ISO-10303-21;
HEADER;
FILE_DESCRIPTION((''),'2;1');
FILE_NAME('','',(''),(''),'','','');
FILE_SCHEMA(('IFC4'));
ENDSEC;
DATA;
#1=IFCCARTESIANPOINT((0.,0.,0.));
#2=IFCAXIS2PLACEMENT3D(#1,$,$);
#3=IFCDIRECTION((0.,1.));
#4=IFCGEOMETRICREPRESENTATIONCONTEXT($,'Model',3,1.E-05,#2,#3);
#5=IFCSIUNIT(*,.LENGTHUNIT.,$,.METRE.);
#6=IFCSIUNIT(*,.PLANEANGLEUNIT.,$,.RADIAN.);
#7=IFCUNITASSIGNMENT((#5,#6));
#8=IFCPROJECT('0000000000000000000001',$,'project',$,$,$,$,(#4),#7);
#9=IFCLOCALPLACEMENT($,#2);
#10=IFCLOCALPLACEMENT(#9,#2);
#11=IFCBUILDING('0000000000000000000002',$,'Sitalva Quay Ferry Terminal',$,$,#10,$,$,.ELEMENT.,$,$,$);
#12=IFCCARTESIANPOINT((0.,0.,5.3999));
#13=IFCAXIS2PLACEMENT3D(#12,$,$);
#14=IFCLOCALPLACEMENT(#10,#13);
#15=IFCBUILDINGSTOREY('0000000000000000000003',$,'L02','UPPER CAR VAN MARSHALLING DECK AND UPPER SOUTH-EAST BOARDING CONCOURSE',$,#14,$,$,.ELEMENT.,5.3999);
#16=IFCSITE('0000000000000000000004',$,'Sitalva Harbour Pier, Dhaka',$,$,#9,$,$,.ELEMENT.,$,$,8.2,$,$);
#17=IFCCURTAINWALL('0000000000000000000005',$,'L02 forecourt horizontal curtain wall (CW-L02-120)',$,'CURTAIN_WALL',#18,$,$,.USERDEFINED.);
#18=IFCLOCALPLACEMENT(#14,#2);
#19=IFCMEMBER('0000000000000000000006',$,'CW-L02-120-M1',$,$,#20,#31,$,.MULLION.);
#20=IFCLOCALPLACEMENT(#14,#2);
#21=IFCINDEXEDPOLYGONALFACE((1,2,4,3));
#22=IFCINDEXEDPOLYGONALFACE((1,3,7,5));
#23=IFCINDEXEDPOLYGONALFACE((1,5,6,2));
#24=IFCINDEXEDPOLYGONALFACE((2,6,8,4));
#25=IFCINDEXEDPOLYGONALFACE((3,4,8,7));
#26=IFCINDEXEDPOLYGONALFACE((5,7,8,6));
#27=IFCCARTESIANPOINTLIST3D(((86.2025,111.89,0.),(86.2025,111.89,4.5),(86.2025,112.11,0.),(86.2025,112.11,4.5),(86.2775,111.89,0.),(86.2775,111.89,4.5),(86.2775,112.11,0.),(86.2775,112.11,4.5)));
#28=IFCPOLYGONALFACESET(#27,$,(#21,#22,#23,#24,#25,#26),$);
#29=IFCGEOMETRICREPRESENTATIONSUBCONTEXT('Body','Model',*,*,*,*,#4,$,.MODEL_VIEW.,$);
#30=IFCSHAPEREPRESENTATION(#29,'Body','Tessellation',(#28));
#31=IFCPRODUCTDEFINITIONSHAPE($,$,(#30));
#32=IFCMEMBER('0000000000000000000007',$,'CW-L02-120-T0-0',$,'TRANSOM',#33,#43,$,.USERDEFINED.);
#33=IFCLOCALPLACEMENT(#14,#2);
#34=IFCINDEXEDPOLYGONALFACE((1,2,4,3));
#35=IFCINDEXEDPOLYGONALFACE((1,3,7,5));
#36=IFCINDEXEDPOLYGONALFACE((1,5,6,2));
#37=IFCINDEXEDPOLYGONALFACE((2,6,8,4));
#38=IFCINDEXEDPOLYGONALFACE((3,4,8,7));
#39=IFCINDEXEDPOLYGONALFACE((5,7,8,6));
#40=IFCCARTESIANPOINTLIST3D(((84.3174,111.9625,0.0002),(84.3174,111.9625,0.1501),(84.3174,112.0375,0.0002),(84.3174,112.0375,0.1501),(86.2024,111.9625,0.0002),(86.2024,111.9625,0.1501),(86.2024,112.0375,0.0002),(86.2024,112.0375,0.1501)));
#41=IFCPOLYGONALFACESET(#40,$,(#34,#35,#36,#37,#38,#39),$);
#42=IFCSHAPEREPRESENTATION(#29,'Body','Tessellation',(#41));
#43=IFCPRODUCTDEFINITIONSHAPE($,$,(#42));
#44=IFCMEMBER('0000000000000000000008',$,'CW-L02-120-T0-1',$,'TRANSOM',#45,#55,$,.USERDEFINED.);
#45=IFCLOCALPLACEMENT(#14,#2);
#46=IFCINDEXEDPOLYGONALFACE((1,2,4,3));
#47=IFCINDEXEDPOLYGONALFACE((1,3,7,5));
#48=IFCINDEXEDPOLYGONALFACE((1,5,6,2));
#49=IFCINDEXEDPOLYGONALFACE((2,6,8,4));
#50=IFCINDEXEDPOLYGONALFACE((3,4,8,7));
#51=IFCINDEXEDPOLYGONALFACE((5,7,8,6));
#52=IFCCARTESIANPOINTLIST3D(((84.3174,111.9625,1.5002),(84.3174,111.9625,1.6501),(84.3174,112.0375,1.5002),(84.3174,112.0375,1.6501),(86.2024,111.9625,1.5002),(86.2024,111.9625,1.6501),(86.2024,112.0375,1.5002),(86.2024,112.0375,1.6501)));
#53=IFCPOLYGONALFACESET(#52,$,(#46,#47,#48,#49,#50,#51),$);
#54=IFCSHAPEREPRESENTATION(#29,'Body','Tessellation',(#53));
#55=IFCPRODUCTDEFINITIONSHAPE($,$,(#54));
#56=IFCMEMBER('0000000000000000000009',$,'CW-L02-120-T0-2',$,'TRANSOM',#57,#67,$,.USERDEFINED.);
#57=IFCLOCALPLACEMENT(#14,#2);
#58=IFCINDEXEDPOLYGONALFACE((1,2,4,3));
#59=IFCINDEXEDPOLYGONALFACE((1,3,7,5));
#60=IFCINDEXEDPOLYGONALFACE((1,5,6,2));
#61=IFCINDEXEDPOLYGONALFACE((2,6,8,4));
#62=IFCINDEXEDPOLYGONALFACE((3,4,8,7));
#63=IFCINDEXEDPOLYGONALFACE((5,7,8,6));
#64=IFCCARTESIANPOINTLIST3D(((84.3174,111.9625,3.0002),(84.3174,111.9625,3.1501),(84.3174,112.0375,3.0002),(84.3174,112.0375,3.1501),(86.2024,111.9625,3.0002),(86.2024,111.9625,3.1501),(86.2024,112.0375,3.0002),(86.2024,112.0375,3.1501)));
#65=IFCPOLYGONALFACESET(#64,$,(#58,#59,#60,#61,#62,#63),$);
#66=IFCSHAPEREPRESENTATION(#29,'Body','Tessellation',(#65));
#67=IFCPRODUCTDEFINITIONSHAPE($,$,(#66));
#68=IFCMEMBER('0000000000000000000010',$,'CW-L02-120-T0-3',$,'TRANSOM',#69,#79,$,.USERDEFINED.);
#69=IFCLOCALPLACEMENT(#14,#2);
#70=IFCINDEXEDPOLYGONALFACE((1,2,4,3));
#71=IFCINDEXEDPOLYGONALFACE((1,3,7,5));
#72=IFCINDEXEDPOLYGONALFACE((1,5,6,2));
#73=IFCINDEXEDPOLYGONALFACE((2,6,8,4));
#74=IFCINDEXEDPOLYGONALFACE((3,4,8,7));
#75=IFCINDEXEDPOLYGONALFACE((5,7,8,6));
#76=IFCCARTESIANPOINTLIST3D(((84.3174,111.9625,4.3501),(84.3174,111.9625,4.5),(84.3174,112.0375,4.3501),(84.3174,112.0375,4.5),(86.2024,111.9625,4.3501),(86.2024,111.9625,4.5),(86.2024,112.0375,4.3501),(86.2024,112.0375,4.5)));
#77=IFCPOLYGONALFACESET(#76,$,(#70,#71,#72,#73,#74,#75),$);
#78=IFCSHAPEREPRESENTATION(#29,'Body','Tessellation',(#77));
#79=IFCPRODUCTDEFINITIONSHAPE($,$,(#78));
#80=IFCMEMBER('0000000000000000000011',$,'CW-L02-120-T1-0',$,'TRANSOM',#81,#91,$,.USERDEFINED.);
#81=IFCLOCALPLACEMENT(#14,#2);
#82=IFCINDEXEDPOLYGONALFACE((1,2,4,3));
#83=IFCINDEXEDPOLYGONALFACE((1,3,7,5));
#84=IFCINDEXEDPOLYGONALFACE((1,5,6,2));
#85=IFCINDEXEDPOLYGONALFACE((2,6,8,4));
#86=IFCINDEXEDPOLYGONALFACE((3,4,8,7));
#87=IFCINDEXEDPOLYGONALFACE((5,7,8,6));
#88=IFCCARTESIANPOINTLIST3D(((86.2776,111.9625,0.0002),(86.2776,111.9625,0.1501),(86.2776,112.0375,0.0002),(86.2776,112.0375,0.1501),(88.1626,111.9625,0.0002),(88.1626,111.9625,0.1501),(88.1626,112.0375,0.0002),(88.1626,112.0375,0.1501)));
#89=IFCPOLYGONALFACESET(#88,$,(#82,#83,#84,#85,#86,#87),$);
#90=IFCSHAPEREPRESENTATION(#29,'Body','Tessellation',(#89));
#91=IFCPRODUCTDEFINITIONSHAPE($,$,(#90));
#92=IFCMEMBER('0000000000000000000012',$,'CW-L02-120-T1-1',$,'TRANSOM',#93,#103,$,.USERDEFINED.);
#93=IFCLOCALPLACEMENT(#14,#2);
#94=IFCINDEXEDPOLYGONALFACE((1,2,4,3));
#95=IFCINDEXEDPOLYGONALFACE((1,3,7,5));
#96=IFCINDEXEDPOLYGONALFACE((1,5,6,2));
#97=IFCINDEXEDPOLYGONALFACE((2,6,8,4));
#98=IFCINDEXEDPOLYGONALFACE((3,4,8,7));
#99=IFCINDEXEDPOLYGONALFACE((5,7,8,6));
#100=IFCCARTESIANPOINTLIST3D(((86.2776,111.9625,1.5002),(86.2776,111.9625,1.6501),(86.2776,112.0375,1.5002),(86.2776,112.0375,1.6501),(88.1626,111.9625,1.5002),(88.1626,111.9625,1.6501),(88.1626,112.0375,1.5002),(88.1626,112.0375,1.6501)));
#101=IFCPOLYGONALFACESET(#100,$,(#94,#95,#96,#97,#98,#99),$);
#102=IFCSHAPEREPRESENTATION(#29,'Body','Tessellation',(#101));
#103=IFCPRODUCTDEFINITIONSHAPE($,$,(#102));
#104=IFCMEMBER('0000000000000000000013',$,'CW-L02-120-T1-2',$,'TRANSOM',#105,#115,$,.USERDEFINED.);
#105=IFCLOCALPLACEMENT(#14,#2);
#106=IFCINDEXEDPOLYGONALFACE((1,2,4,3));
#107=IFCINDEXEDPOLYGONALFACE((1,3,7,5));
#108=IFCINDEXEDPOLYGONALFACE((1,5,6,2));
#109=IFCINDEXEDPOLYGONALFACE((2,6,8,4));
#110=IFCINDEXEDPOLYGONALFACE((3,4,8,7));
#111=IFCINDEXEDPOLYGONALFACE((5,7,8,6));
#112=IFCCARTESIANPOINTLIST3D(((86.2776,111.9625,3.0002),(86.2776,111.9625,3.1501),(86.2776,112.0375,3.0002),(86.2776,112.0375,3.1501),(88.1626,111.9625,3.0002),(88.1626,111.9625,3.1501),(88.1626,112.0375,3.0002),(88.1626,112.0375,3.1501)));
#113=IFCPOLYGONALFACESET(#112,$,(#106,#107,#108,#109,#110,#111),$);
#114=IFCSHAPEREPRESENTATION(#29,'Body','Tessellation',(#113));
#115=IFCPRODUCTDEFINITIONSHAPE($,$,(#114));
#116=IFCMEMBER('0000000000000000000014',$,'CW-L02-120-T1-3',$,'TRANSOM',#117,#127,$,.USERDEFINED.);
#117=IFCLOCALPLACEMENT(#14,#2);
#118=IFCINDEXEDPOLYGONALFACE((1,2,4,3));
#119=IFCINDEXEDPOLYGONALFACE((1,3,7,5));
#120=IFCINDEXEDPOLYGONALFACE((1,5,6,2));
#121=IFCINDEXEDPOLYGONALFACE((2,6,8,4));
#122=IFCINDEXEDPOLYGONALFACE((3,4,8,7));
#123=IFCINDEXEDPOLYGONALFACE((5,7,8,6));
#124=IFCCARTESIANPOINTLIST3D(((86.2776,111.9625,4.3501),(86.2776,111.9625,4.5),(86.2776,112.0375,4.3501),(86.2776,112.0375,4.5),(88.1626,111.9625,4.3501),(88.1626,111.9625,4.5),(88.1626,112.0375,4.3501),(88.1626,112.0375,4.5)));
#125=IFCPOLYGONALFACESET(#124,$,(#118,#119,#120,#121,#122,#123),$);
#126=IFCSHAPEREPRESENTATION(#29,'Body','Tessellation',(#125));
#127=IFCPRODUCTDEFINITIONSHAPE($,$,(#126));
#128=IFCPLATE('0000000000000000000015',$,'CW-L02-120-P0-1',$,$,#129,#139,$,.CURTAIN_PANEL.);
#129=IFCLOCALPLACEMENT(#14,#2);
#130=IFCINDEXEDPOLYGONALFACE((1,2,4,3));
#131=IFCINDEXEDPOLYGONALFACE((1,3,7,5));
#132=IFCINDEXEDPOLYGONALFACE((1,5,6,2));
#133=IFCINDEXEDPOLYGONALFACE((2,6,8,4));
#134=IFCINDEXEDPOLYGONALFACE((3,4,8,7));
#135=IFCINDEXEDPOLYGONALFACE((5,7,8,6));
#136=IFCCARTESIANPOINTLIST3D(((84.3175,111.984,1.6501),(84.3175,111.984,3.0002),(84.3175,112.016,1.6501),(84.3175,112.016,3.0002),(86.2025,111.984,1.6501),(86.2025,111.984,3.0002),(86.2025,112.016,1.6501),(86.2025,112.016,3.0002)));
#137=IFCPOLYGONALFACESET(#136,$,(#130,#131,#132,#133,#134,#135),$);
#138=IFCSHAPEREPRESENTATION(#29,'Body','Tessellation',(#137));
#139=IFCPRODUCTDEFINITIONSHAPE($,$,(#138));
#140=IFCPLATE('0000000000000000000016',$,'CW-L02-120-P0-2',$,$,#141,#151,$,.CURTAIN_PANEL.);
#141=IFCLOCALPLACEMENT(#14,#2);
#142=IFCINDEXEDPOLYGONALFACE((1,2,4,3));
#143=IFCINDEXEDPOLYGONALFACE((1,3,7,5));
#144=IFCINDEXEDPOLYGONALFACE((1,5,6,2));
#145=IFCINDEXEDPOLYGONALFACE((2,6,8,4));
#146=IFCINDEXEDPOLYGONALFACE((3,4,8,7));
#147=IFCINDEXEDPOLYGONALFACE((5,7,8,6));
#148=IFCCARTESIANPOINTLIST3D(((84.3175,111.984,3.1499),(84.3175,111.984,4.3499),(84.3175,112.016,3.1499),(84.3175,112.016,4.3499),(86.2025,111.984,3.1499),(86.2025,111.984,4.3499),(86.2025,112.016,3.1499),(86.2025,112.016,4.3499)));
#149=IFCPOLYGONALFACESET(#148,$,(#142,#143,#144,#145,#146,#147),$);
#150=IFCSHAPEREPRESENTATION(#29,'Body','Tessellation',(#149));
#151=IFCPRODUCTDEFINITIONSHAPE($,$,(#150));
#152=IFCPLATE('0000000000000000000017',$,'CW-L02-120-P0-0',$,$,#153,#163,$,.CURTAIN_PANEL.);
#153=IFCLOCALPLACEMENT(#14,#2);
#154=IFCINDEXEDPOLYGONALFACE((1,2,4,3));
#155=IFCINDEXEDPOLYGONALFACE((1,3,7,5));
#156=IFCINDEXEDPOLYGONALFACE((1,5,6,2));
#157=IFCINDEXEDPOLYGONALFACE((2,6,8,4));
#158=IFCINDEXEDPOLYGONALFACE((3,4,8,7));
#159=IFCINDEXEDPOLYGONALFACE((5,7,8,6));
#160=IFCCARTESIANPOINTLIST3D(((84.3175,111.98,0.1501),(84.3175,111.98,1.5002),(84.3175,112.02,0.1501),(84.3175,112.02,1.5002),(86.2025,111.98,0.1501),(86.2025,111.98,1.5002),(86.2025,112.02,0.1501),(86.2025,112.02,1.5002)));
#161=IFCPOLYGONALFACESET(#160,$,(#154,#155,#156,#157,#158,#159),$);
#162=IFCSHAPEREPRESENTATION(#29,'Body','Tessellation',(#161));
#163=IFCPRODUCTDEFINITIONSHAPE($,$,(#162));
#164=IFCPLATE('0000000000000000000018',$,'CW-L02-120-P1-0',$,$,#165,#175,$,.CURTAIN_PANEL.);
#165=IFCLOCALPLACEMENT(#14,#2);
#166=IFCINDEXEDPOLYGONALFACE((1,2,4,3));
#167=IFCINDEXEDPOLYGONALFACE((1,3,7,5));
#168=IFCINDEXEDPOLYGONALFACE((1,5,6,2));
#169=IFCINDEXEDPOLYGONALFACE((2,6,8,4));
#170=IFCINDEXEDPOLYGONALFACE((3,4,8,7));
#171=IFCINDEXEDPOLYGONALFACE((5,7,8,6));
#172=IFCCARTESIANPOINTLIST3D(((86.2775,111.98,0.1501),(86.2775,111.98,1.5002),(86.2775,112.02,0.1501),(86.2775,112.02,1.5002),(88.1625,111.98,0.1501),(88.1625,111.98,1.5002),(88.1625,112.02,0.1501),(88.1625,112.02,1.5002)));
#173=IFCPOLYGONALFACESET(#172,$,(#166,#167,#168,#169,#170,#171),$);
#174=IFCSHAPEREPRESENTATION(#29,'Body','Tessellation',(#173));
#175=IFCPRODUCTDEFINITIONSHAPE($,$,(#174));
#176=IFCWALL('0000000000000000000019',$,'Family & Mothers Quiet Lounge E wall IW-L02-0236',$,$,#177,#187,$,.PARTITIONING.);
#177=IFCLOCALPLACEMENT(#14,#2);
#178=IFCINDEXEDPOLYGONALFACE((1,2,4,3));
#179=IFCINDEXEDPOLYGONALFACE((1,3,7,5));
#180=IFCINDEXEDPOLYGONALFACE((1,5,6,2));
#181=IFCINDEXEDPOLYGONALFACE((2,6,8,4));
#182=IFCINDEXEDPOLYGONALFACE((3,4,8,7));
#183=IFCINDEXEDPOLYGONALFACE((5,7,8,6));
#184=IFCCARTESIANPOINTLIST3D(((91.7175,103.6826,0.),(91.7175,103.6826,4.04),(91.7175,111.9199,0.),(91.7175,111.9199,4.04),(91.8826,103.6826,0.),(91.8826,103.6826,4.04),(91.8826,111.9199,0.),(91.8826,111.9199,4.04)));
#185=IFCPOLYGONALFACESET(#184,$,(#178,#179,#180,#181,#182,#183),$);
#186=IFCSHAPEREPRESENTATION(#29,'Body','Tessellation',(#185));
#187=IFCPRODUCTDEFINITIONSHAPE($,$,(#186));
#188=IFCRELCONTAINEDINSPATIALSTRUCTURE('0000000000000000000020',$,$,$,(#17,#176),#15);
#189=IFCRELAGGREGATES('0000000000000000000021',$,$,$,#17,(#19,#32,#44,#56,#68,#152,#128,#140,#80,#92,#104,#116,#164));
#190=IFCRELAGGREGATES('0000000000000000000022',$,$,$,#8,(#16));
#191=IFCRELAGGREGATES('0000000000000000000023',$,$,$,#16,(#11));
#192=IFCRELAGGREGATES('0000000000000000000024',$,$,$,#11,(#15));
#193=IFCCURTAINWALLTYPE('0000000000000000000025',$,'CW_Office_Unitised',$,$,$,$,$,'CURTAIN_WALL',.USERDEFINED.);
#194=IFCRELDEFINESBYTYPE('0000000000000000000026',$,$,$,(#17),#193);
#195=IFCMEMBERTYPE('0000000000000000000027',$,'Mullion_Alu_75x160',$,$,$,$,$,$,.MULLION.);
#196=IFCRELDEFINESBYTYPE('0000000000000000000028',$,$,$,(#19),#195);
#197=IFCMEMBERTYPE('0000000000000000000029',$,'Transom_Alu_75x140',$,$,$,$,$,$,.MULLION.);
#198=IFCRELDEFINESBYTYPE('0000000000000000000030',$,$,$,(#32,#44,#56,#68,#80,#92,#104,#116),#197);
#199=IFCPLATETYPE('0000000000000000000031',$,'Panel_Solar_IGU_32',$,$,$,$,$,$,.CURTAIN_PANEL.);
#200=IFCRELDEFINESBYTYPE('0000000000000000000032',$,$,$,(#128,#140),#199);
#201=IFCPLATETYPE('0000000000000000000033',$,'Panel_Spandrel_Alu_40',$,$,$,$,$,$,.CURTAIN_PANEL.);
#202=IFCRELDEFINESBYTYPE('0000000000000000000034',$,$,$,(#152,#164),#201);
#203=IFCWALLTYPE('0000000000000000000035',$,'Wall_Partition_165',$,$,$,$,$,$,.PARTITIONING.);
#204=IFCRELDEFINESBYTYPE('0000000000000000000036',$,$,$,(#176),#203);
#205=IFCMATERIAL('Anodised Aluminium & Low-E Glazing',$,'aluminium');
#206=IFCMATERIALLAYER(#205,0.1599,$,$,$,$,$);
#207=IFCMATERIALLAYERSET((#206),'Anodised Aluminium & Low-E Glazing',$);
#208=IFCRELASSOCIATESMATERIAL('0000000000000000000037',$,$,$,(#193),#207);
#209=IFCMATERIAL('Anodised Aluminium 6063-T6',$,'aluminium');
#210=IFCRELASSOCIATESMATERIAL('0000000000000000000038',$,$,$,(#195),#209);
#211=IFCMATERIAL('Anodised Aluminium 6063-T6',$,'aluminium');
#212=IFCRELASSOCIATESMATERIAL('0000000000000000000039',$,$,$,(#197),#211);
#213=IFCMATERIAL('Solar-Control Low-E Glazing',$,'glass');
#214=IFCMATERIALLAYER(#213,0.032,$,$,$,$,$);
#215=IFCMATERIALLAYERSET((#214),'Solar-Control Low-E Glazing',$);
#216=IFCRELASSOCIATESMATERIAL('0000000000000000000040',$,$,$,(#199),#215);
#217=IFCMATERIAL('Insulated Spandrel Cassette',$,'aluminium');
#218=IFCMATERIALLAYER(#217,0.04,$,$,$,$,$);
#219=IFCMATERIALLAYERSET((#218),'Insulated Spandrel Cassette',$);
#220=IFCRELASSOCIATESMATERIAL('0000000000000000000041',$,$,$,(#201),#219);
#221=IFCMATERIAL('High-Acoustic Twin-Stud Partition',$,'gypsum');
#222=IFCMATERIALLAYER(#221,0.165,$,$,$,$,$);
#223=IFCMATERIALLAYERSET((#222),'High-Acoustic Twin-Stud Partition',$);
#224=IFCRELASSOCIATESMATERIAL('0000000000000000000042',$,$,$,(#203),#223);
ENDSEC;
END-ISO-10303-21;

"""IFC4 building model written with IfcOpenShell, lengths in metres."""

from ifc_helpers import new_model, si_unit, direction, frame, frame_2d, origin, origin_2d, place, context, subcontext, project, spatial, rectangle, extrude, material, layer, layer_set, material_profile, profile_set, type_object, element, aggregate, save


model = new_model("IFC4")

# Units and contexts
model_context = context("Model", 3, precision=1e-05, world=origin(), true_north=direction((0.0, 1.0)))
body_context = subcontext(model_context, "Body", "Model", "MODEL_VIEW")
ifc_project = project(units=[si_unit("LENGTHUNIT", "METRE"), si_unit("PLANEANGLEUNIT", "RADIAN")], contexts=[model_context])

# Site, building, storey
site_placement = place(None, origin())
site = spatial("IfcSite", under=ifc_project, at=site_placement, Name="Sitalva Harbour Pier, Dhaka", CompositionType="ELEMENT", RefElevation=8.2)
building_placement = place(site_placement, origin())
building = spatial("IfcBuilding", under=site, at=building_placement, Name="Sitalva Quay Ferry Terminal", CompositionType="ELEMENT")
storey_placement = place(building_placement, frame((0.0, 0.0, 5.3999)))
storey = spatial("IfcBuildingStorey", under=building, at=storey_placement, Name="L02", Description="UPPER CAR VAN MARSHALLING DECK AND UPPER SOUTH-EAST BOARDING CONCOURSE", CompositionType="ELEMENT", Elevation=5.3999)

# Curtain wall, members, plates
ifc_material_1 = material(Name="Anodised Aluminium & Low-E Glazing", Category="aluminium")
ifc_layer_1 = layer(ifc_material_1, 0.1599)
ifc_layer_set_1 = layer_set([ifc_layer_1], Name="Anodised Aluminium & Low-E Glazing")
curtain_wall_type = type_object("IfcCurtainWallType", Name="CW_Office_Unitised", ElementType="CURTAIN_WALL", PredefinedType="USERDEFINED", material=ifc_layer_set_1)
curtain_wall_placement = place(storey_placement, origin())
curtain_wall = element("IfcCurtainWall", 1, at=curtain_wall_placement, inside=storey, type_object=curtain_wall_type, Name="L02 forecourt horizontal curtain wall (CW-L02-120)", ObjectType="CURTAIN_WALL", PredefinedType="USERDEFINED")
ifc_material_2 = material(Name="Anodised Aluminium 6063-T6", Category="aluminium")
ifc_material_profile_1 = material_profile(ifc_material_2, rectangle(XDim=0.075, YDim=0.22, at=origin_2d()), Name="ALU75x220")
ifc_profile_set_1 = profile_set([ifc_material_profile_1], Name="Anodised Aluminium 6063-T6")
member_type_1 = type_object("IfcMemberType", Name="Mullion_Alu_75x160", PredefinedType="MULLION", material=ifc_profile_set_1)
member_1_placement = place(storey_placement, frame((86.24, 112.0, 0.0), z_axis=(0.0, 0.0, 1.0), x_axis=(1.0, 0.0, 0.0)))
member_1 = element("IfcMember", 2, at=member_1_placement, type_object=member_type_1, Name="CW-L02-120-M1", PredefinedType="MULLION", context=body_context, shape_type="SweptSolid", body=[
    extrude(rectangle(XDim=0.075, YDim=0.22, at=origin_2d()), origin(), (0.0, 0.0, 1.0), 4.5),
])
ifc_material_3 = material(Name="Anodised Aluminium 6063-T6", Category="aluminium")
ifc_material_profile_2 = material_profile(ifc_material_3, rectangle(XDim=0.075, YDim=0.1499, at=origin_2d()), Name="ALU75x150")
ifc_profile_set_2 = profile_set([ifc_material_profile_2], Name="Anodised Aluminium 6063-T6")
member_type_2 = type_object("IfcMemberType", Name="Transom_Alu_75x140", PredefinedType="MULLION", material=ifc_profile_set_2)
member_2_placement = place(storey_placement, frame((84.3174, 112.0, 0.0752), z_axis=(1.0, 0.0, 0.0), x_axis=(0.0, 1.0, 0.0)))
member_2 = element("IfcMember", 3, at=member_2_placement, type_object=member_type_2, Name="CW-L02-120-T0-0", ObjectType="TRANSOM", PredefinedType="USERDEFINED", context=body_context, shape_type="SweptSolid", body=[
    extrude(rectangle(XDim=0.075, YDim=0.1499, at=origin_2d()), origin(), (0.0, 0.0, 1.0), 1.885),
])
member_3_placement = place(storey_placement, frame((84.3174, 112.0, 1.5752), z_axis=(1.0, 0.0, 0.0), x_axis=(0.0, 1.0, 0.0)))
member_3 = element("IfcMember", 4, at=member_3_placement, type_object=member_type_2, Name="CW-L02-120-T0-1", ObjectType="TRANSOM", PredefinedType="USERDEFINED", context=body_context, shape_type="SweptSolid", body=[
    extrude(rectangle(XDim=0.075, YDim=0.1499, at=origin_2d()), origin(), (0.0, 0.0, 1.0), 1.885),
])
member_4_placement = place(storey_placement, frame((84.3174, 112.0, 3.0752), z_axis=(1.0, 0.0, 0.0), x_axis=(0.0, 1.0, 0.0)))
member_4 = element("IfcMember", 5, at=member_4_placement, type_object=member_type_2, Name="CW-L02-120-T0-2", ObjectType="TRANSOM", PredefinedType="USERDEFINED", context=body_context, shape_type="SweptSolid", body=[
    extrude(rectangle(XDim=0.075, YDim=0.1499, at=origin_2d()), origin(), (0.0, 0.0, 1.0), 1.885),
])
member_5_placement = place(storey_placement, frame((84.3174, 112.0, 4.425), z_axis=(1.0, 0.0, 0.0), x_axis=(0.0, 1.0, 0.0)))
member_5 = element("IfcMember", 6, at=member_5_placement, type_object=member_type_2, Name="CW-L02-120-T0-3", ObjectType="TRANSOM", PredefinedType="USERDEFINED", context=body_context, shape_type="SweptSolid", body=[
    extrude(rectangle(XDim=0.075, YDim=0.1499, at=origin_2d()), origin(), (0.0, 0.0, 1.0), 1.885),
])
member_6_placement = place(storey_placement, frame((86.2776, 112.0, 0.0752), z_axis=(1.0, 0.0, 0.0), x_axis=(0.0, 1.0, 0.0)))
member_6 = element("IfcMember", 7, at=member_6_placement, type_object=member_type_2, Name="CW-L02-120-T1-0", ObjectType="TRANSOM", PredefinedType="USERDEFINED", context=body_context, shape_type="SweptSolid", body=[
    extrude(rectangle(XDim=0.075, YDim=0.1499, at=origin_2d()), origin(), (0.0, 0.0, 1.0), 1.885),
])
member_7_placement = place(storey_placement, frame((86.2776, 112.0, 1.5752), z_axis=(1.0, 0.0, 0.0), x_axis=(0.0, 1.0, 0.0)))
member_7 = element("IfcMember", 8, at=member_7_placement, type_object=member_type_2, Name="CW-L02-120-T1-1", ObjectType="TRANSOM", PredefinedType="USERDEFINED", context=body_context, shape_type="SweptSolid", body=[
    extrude(rectangle(XDim=0.075, YDim=0.1499, at=origin_2d()), origin(), (0.0, 0.0, 1.0), 1.885),
])
member_8_placement = place(storey_placement, frame((86.2776, 112.0, 3.0752), z_axis=(1.0, 0.0, 0.0), x_axis=(0.0, 1.0, 0.0)))
member_8 = element("IfcMember", 9, at=member_8_placement, type_object=member_type_2, Name="CW-L02-120-T1-2", ObjectType="TRANSOM", PredefinedType="USERDEFINED", context=body_context, shape_type="SweptSolid", body=[
    extrude(rectangle(XDim=0.075, YDim=0.1499, at=origin_2d()), origin(), (0.0, 0.0, 1.0), 1.885),
])
member_9_placement = place(storey_placement, frame((86.2776, 112.0, 4.425), z_axis=(1.0, 0.0, 0.0), x_axis=(0.0, 1.0, 0.0)))
member_9 = element("IfcMember", 10, at=member_9_placement, type_object=member_type_2, Name="CW-L02-120-T1-3", ObjectType="TRANSOM", PredefinedType="USERDEFINED", context=body_context, shape_type="SweptSolid", body=[
    extrude(rectangle(XDim=0.075, YDim=0.1499, at=origin_2d()), origin(), (0.0, 0.0, 1.0), 1.885),
])
ifc_material_4 = material(Name="Solar-Control Low-E Glazing", Category="glass")
ifc_layer_2 = layer(ifc_material_4, 0.032)
ifc_layer_set_2 = layer_set([ifc_layer_2], Name="Solar-Control Low-E Glazing")
plate_type_1 = type_object("IfcPlateType", Name="Panel_Solar_IGU_32", PredefinedType="CURTAIN_PANEL", material=ifc_layer_set_2)
plate_1_placement = place(storey_placement, frame((85.26, 112.0, 1.6501), z_axis=(0.0, 0.0, 1.0), x_axis=(1.0, 0.0, 0.0)))
plate_1 = element("IfcPlate", 11, at=plate_1_placement, type_object=plate_type_1, Name="CW-L02-120-P0-1", PredefinedType="CURTAIN_PANEL", context=body_context, shape_type="SweptSolid", body=[
    extrude(rectangle(XDim=1.885, YDim=0.032, at=origin_2d()), origin(), (0.0, 0.0, 1.0), 1.3501),
])
plate_2_placement = place(storey_placement, frame((85.26, 112.0, 3.1499), z_axis=(0.0, 0.0, 1.0), x_axis=(1.0, 0.0, 0.0)))
plate_2 = element("IfcPlate", 12, at=plate_2_placement, type_object=plate_type_1, Name="CW-L02-120-P0-2", PredefinedType="CURTAIN_PANEL", context=body_context, shape_type="SweptSolid", body=[
    extrude(rectangle(XDim=1.885, YDim=0.032, at=origin_2d()), origin(), (0.0, 0.0, 1.0), 1.2),
])
ifc_material_5 = material(Name="Insulated Spandrel Cassette", Category="aluminium")
ifc_layer_3 = layer(ifc_material_5, 0.04)
ifc_layer_set_3 = layer_set([ifc_layer_3], Name="Insulated Spandrel Cassette")
plate_type_2 = type_object("IfcPlateType", Name="Panel_Spandrel_Alu_40", PredefinedType="CURTAIN_PANEL", material=ifc_layer_set_3)
plate_3_placement = place(storey_placement, frame((85.26, 112.0, 0.1501), z_axis=(0.0, 0.0, 1.0), x_axis=(1.0, 0.0, 0.0)))
plate_3 = element("IfcPlate", 13, at=plate_3_placement, type_object=plate_type_2, Name="CW-L02-120-P0-0", PredefinedType="CURTAIN_PANEL", context=body_context, shape_type="SweptSolid", body=[
    extrude(rectangle(XDim=1.885, YDim=0.04, at=origin_2d()), origin(), (0.0, 0.0, 1.0), 1.3501),
])
plate_4_placement = place(storey_placement, frame((87.22, 112.0, 0.1501), z_axis=(0.0, 0.0, 1.0), x_axis=(1.0, 0.0, 0.0)))
plate_4 = element("IfcPlate", 14, at=plate_4_placement, type_object=plate_type_2, Name="CW-L02-120-P1-0", PredefinedType="CURTAIN_PANEL", context=body_context, shape_type="SweptSolid", body=[
    extrude(rectangle(XDim=1.885, YDim=0.04, at=origin_2d()), origin(), (0.0, 0.0, 1.0), 1.3501),
])
aggregate(curtain_wall, [member_1, member_2, member_3, member_4, member_5, plate_3, plate_1, plate_2, member_6, member_7, member_8, member_9, plate_4])

# Wall
ifc_material_6 = material(Name="High-Acoustic Twin-Stud Partition", Category="gypsum")
ifc_layer_4 = layer(ifc_material_6, 0.165)
ifc_layer_set_4 = layer_set([ifc_layer_4], Name="High-Acoustic Twin-Stud Partition")
wall_type = type_object("IfcWallType", Name="Wall_Partition_165", PredefinedType="PARTITIONING", material=ifc_layer_set_4)
wall_placement = place(storey_placement, frame((91.8, 103.6826, 0.0), z_axis=(0.0, 0.0, 1.0), x_axis=(0.0, 1.0, 0.0)))
element("IfcWall", 15, at=wall_placement, inside=storey, type_object=wall_type, Name="Family & Mothers Quiet Lounge E wall IW-L02-0236", PredefinedType="PARTITIONING", context=body_context, shape_type="SweptSolid", body=[
    extrude(rectangle(XDim=8.2373, YDim=0.165, at=frame_2d((4.1187, 0.0))), origin(), (0.0, 0.0, 1.0), 4.04),
])

save(model, "model.ifc")
